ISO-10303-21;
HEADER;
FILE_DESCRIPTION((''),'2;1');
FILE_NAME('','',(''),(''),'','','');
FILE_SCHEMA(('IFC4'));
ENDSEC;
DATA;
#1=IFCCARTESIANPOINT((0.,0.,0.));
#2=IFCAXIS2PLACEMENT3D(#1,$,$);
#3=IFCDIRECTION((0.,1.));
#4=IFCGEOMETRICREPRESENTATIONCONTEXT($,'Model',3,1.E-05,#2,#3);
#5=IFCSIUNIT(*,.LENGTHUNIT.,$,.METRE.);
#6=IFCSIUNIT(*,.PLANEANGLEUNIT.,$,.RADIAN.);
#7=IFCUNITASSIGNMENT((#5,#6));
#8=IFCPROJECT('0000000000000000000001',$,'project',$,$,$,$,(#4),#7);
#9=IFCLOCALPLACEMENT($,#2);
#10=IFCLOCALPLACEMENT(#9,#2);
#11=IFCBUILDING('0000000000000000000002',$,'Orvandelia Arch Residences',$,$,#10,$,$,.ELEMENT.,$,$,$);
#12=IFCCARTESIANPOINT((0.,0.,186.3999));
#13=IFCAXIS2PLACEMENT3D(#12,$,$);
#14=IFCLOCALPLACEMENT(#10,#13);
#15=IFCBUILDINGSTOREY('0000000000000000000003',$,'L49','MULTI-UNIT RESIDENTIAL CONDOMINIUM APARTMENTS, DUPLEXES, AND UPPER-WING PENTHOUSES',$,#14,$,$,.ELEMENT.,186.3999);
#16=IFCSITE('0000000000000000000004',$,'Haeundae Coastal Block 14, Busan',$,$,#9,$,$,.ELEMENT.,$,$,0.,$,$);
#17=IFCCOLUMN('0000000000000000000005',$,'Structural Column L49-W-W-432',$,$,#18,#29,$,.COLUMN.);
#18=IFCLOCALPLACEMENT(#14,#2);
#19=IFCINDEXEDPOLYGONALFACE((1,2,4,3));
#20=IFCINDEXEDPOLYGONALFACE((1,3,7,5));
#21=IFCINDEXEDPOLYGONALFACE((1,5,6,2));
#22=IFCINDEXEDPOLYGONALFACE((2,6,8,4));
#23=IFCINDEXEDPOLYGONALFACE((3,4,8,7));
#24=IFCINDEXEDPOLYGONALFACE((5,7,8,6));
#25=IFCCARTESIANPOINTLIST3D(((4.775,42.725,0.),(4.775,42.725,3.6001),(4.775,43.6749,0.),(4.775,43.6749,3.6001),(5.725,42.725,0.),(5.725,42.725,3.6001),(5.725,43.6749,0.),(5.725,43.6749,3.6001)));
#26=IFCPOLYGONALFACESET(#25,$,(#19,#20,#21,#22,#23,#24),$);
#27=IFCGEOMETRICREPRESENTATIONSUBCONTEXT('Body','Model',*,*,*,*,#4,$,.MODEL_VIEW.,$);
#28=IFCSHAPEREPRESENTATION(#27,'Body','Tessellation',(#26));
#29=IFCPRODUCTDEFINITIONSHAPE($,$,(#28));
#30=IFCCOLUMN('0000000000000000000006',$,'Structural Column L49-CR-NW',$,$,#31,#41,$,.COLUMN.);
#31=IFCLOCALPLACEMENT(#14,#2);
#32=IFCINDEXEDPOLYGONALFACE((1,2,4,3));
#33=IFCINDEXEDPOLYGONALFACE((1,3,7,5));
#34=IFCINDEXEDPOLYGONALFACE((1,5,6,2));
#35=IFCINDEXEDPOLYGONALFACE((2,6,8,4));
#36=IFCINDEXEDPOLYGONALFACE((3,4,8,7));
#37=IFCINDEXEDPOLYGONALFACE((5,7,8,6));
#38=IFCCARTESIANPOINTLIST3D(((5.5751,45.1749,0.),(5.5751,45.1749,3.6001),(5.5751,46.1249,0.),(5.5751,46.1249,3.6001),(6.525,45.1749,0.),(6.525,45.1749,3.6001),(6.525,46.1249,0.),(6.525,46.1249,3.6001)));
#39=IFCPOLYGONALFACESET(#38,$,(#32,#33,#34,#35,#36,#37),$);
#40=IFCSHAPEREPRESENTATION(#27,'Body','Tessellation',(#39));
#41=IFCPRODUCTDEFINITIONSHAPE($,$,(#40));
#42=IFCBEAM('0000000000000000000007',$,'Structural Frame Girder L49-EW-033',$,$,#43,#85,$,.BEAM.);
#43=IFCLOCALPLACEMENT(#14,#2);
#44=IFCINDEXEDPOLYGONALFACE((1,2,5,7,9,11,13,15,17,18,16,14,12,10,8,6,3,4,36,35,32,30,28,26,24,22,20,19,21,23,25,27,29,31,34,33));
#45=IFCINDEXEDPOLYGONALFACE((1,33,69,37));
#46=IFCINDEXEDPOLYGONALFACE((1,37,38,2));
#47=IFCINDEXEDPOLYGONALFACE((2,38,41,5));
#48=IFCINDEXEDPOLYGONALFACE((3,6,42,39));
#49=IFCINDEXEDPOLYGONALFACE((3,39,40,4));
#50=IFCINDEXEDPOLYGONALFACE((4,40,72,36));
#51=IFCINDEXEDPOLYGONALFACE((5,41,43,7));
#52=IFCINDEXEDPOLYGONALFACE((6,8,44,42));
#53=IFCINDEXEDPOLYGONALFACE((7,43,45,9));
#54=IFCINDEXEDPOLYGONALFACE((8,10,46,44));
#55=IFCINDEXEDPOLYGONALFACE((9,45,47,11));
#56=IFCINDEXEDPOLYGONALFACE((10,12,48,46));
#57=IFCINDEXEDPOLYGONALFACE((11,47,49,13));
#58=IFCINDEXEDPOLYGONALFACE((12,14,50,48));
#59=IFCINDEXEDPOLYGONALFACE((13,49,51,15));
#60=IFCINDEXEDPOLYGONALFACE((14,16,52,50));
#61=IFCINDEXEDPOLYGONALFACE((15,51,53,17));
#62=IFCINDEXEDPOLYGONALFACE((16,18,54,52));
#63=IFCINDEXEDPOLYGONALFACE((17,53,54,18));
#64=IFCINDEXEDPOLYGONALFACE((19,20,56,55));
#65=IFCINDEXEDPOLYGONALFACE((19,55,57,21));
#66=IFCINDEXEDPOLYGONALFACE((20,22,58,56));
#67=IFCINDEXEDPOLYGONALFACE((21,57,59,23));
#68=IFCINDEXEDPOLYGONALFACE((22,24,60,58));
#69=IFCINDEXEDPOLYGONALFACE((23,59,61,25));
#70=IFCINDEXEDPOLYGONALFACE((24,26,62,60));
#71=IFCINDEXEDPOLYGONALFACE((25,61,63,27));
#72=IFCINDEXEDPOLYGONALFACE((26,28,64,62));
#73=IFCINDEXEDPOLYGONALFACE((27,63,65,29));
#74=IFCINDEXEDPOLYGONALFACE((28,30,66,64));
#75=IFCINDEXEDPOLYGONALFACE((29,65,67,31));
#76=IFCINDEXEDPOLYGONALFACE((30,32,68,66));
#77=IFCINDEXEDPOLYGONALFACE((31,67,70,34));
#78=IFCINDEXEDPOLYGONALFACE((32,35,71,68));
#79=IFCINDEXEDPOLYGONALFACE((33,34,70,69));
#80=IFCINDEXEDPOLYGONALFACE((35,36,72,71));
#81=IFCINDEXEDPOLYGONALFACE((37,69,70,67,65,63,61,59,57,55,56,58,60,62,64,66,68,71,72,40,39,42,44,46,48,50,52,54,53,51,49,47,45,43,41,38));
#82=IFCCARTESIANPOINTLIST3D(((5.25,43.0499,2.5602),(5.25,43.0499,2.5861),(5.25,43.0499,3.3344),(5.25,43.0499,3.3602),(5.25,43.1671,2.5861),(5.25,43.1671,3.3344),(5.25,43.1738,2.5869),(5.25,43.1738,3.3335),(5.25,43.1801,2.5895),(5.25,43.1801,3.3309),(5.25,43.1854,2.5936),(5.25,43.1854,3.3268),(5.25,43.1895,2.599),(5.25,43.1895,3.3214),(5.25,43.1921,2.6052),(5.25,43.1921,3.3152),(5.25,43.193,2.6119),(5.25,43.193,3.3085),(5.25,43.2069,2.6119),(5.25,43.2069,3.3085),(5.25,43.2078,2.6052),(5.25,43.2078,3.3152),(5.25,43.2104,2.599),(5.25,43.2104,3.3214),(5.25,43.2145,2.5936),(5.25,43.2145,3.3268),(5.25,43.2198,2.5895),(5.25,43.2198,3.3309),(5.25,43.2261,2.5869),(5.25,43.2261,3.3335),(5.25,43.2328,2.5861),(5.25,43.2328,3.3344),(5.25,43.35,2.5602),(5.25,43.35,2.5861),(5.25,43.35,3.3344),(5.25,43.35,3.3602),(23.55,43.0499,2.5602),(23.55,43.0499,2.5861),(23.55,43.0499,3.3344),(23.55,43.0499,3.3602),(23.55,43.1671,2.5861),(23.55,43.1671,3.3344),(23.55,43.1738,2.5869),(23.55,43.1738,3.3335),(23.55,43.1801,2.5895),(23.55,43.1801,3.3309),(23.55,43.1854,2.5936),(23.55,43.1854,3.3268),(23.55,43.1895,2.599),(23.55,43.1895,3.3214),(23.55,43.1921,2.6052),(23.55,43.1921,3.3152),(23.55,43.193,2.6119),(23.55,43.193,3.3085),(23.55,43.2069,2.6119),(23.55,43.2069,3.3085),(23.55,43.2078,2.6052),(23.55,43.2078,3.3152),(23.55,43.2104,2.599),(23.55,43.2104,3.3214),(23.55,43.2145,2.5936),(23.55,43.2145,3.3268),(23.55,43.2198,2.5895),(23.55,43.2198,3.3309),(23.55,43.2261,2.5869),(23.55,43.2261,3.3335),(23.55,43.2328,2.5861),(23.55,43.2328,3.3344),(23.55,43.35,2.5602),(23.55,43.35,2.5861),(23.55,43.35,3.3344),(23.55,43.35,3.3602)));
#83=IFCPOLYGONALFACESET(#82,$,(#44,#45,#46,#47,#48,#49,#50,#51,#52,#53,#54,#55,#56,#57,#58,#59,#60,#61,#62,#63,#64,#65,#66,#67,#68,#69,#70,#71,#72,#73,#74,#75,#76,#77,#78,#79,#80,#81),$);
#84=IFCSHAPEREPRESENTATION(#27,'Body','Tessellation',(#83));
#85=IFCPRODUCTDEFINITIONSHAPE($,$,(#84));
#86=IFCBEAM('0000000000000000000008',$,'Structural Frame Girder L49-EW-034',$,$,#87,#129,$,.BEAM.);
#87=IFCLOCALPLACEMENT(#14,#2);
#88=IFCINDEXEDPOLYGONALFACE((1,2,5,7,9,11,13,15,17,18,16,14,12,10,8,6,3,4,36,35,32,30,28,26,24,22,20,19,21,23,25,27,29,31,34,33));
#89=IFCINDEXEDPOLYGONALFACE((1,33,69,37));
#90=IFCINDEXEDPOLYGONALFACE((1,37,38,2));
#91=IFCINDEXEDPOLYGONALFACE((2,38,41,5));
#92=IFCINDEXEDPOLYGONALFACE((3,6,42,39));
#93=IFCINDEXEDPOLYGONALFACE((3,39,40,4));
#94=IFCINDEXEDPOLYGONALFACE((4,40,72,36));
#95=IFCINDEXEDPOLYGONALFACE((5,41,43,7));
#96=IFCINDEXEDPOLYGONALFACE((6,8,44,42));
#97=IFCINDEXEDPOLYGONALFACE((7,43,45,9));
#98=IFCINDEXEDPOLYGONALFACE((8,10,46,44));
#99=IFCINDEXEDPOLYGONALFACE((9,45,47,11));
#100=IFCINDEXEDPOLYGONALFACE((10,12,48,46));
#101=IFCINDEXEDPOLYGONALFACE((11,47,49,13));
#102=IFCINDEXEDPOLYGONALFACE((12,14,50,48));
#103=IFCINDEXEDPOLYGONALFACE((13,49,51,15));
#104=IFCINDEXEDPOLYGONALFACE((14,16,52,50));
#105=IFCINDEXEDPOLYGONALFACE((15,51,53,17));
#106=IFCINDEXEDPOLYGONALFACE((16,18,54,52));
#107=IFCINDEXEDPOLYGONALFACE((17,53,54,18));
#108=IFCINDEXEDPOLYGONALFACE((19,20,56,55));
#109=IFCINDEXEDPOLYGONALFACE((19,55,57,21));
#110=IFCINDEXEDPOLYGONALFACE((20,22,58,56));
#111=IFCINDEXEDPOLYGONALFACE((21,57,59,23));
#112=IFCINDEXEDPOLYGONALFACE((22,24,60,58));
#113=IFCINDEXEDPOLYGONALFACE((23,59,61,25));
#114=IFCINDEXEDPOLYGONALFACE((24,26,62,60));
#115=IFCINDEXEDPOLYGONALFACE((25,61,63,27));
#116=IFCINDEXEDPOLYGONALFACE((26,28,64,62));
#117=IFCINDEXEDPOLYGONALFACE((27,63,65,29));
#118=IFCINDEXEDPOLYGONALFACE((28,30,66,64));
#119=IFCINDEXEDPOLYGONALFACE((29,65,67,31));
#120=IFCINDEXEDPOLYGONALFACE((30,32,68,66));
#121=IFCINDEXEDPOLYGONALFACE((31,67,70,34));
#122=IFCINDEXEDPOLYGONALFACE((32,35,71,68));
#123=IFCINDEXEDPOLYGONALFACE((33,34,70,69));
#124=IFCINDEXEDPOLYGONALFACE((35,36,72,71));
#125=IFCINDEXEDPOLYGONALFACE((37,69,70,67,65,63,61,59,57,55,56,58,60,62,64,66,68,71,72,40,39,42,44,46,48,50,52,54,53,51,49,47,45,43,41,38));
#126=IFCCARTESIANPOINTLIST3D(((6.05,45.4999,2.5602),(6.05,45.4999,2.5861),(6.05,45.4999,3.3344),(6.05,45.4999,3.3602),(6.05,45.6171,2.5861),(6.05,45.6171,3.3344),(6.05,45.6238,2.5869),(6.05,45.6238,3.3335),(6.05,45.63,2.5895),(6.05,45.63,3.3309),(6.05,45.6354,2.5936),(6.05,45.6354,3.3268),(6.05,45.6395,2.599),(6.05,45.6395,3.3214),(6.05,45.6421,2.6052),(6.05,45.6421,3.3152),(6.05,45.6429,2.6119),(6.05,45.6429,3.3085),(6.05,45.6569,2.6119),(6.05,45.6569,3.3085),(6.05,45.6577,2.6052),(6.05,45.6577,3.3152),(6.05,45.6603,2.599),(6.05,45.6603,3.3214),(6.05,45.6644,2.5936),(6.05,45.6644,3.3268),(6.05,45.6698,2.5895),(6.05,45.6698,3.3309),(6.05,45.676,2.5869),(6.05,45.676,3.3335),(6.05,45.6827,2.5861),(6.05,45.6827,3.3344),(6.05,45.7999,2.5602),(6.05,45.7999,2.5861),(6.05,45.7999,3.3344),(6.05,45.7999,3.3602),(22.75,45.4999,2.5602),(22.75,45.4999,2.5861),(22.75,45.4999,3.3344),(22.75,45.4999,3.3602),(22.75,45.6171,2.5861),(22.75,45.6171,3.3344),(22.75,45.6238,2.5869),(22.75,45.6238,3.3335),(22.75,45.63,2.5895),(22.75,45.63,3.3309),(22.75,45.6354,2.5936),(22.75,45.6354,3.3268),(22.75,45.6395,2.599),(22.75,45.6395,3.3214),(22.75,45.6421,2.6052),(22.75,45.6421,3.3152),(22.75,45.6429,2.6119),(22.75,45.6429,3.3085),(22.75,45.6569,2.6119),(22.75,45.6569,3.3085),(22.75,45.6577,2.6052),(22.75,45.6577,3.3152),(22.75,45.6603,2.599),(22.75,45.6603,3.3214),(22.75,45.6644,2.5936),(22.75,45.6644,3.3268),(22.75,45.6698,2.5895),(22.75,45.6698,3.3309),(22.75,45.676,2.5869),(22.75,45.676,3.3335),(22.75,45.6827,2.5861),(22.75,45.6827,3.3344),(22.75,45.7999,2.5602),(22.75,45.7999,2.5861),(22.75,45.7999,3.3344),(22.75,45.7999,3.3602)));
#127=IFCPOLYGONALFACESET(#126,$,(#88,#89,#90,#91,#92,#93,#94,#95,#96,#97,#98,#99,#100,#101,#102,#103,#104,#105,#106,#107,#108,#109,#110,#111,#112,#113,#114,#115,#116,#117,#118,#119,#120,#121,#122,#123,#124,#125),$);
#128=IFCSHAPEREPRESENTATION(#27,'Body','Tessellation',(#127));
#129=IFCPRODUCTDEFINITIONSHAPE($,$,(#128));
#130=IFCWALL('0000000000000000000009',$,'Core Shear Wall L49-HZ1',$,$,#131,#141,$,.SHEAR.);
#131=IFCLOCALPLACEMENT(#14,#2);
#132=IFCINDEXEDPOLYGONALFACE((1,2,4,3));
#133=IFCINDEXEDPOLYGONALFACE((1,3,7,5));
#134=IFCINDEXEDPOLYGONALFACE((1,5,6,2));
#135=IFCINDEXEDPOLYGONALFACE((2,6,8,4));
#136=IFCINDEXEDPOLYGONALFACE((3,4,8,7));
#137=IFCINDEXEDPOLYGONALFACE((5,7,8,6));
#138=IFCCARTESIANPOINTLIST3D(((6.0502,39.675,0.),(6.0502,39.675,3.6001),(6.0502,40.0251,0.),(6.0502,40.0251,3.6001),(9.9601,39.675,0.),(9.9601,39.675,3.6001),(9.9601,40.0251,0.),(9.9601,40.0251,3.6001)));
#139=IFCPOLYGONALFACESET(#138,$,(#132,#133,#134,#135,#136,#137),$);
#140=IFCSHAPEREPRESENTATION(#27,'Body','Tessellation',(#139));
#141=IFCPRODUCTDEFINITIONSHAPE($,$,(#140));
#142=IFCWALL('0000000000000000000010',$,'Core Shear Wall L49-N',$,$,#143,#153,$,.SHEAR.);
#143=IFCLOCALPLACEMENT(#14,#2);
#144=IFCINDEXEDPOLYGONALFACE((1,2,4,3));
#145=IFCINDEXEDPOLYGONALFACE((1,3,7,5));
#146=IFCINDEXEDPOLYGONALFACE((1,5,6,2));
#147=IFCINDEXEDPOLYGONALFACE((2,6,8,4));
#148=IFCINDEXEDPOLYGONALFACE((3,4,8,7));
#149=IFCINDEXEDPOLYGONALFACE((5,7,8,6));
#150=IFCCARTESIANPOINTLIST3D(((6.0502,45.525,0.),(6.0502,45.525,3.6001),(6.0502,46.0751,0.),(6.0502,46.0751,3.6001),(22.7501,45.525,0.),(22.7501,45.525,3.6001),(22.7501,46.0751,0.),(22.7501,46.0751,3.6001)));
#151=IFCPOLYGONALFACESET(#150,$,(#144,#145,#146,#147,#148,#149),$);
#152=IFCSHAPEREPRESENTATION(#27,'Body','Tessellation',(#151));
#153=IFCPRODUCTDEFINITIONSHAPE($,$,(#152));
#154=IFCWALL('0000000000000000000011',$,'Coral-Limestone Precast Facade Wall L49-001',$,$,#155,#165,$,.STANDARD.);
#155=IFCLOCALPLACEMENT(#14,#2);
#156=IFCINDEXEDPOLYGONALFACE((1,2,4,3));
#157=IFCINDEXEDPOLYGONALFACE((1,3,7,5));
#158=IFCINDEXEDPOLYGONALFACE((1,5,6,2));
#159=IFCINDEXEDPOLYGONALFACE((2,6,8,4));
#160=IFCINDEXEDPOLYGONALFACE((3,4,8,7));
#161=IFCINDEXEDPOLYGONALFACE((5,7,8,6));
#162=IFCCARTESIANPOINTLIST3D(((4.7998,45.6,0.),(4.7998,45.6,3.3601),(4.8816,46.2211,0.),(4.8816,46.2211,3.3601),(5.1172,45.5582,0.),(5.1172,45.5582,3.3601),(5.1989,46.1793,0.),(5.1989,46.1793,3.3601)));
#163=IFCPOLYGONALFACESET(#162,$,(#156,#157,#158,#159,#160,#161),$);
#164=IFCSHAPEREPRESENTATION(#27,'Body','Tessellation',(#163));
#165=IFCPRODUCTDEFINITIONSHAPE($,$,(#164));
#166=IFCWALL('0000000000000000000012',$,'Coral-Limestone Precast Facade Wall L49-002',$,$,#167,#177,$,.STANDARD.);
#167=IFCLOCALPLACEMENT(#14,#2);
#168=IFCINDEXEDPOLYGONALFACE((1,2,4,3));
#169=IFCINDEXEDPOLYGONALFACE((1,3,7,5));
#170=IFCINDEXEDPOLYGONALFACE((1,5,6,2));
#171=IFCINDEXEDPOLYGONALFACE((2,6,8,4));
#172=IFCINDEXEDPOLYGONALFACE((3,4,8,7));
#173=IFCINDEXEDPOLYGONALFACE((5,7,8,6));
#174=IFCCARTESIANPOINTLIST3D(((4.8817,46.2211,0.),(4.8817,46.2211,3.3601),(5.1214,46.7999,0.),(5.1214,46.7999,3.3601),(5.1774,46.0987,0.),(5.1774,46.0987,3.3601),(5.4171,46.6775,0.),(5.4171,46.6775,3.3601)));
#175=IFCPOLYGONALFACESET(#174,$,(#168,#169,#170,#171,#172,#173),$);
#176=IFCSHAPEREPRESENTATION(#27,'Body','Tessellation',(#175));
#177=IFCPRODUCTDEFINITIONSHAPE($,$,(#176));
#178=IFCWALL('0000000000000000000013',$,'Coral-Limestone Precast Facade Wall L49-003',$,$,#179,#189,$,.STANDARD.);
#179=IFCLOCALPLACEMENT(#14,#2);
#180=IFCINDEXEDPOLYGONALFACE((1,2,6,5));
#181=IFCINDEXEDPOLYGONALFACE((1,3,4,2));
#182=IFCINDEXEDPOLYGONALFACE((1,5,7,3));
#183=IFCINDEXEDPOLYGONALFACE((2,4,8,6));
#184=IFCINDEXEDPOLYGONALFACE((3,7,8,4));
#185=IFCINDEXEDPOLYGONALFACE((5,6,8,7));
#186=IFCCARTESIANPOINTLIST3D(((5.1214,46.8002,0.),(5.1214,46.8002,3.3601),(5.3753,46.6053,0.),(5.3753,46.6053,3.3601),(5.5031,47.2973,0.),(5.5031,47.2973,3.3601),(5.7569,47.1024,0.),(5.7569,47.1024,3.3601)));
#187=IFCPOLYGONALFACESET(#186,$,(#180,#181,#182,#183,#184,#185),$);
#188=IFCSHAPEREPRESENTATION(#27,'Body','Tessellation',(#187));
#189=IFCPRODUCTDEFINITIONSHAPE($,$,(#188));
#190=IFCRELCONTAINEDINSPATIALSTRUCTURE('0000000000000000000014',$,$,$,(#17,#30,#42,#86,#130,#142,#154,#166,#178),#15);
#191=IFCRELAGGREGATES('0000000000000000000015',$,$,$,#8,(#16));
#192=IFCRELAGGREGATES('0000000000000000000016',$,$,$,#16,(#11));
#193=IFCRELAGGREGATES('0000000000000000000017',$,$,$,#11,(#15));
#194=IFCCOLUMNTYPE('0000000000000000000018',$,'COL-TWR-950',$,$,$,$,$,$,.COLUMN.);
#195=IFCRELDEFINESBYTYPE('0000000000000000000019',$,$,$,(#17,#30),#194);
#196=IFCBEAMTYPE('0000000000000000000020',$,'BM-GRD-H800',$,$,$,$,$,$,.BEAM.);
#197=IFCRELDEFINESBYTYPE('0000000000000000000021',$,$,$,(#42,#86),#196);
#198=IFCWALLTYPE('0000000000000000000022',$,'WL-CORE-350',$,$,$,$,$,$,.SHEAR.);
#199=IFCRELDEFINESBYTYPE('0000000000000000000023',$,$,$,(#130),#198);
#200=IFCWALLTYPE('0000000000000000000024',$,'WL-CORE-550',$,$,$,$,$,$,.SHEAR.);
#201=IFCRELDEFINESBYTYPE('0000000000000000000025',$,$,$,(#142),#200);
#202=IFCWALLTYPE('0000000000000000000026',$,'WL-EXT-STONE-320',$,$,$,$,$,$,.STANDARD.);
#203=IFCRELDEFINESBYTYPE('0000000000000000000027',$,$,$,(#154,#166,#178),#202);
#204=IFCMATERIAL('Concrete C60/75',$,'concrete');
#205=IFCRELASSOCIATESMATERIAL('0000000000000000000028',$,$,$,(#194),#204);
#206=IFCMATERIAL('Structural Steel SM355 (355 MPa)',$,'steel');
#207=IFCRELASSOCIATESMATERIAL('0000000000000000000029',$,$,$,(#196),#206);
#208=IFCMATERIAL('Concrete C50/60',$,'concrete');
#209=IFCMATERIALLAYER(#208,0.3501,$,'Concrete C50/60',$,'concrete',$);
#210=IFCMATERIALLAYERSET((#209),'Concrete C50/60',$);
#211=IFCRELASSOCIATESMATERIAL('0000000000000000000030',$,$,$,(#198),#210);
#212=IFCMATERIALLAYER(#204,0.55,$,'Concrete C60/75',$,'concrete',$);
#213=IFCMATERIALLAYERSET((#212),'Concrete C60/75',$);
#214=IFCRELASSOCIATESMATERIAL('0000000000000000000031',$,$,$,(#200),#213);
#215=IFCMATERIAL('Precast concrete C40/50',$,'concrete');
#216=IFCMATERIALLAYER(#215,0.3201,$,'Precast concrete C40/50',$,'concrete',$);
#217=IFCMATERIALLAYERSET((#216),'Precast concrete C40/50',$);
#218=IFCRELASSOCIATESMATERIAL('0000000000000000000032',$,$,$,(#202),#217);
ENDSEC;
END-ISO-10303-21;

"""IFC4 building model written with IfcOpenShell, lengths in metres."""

from ifc_helpers import new_model, si_unit, direction, frame, frame_2d, origin, origin_2d, place, context, subcontext, project, spatial, rectangle, i_section, extrude, material, layer, layer_set, material_profile, profile_set, type_object, element, save


model = new_model("IFC4")

# Units and contexts
model_context = context("Model", 3, precision=1e-05, world=origin(), true_north=direction((0.0, 1.0)))
body_context = subcontext(model_context, "Body", "Model", "MODEL_VIEW")
ifc_project = project(units=[si_unit("LENGTHUNIT", "METRE"), si_unit("PLANEANGLEUNIT", "RADIAN")], contexts=[model_context])

# Site, building, storey
site_placement = place(None, origin())
site = spatial("IfcSite", under=ifc_project, at=site_placement, Name="Haeundae Coastal Block 14, Busan", CompositionType="ELEMENT", RefElevation=0.0)
building_placement = place(site_placement, origin())
building = spatial("IfcBuilding", under=site, at=building_placement, Name="Orvandelia Arch Residences", CompositionType="ELEMENT")
storey_placement = place(building_placement, frame((0.0, 0.0, 186.3999)))
storey = spatial("IfcBuildingStorey", under=building, at=storey_placement, Name="L49", Description="MULTI-UNIT RESIDENTIAL CONDOMINIUM APARTMENTS, DUPLEXES, AND UPPER-WING PENTHOUSES", CompositionType="ELEMENT", Elevation=186.3999)

# Columns
ifc_material_1 = material(Name="Concrete C60/75", Category="concrete")
ifc_material_profile_1 = material_profile(ifc_material_1, rectangle(XDim=0.95, YDim=0.95, at=origin_2d()), Name="Concrete C60/75", Category="concrete")
ifc_profile_set_1 = profile_set([ifc_material_profile_1], Name="Concrete C60/75")
column_type = type_object("IfcColumnType", Name="COL-TWR-950", PredefinedType="COLUMN", material=ifc_profile_set_1)
for number, where, z_axis, x_axis, name in (
    (1, (5.25, 43.2, 0.0), (0.0, 0.0, 1.0), (1.0, 0.0, 0.0), "Structural Column L49-W-W-432"),
    (2, (6.05, 45.6499, 0.0), (0.0, 0.0, 1.0), (1.0, 0.0, 0.0), "Structural Column L49-CR-NW"),
):
    element("IfcColumn", number, at=place(storey_placement, frame(where, z_axis=z_axis, x_axis=x_axis)), inside=storey, type_object=column_type, Name=name, PredefinedType="COLUMN", context=body_context, shape_type="SweptSolid", body=[
        extrude(rectangle(XDim=0.95, YDim=0.95, at=origin_2d()), origin(), (0.0, 0.0, 1.0), 3.6001),
    ])

# Beams
ifc_material_2 = material(Name="Structural Steel SM355 (355 MPa)", Category="steel")
ifc_material_profile_2 = material_profile(ifc_material_2, i_section(OverallWidth=0.3, OverallDepth=0.8, WebThickness=0.0139, FlangeThickness=0.0259, FilletRadius=0.0259, at=origin_2d()), Name="Structural Steel SM355 (355 MPa)", Category="steel")
ifc_profile_set_2 = profile_set([ifc_material_profile_2], Name="Structural Steel SM355 (355 MPa)")
beam_type = type_object("IfcBeamType", Name="BM-GRD-H800", PredefinedType="BEAM", material=ifc_profile_set_2)
beam_1_placement = place(storey_placement, frame((5.25, 43.2, 2.9602), z_axis=(1.0, 0.0, 0.0), x_axis=(0.0, 1.0, 0.0)))
element("IfcBeam", 3, at=beam_1_placement, inside=storey, type_object=beam_type, Name="Structural Frame Girder L49-EW-033", PredefinedType="BEAM", context=body_context, shape_type="SweptSolid", body=[
    extrude(i_section(OverallWidth=0.3, OverallDepth=0.8, WebThickness=0.0139, FlangeThickness=0.0259, FilletRadius=0.0259, at=origin_2d()), origin(), (0.0, 0.0, 1.0), 18.3),
])
beam_2_placement = place(storey_placement, frame((6.05, 45.6499, 2.9602), z_axis=(1.0, 0.0, 0.0), x_axis=(0.0, 1.0, 0.0)))
element("IfcBeam", 4, at=beam_2_placement, inside=storey, type_object=beam_type, Name="Structural Frame Girder L49-EW-034", PredefinedType="BEAM", context=body_context, shape_type="SweptSolid", body=[
    extrude(i_section(OverallWidth=0.3, OverallDepth=0.8, WebThickness=0.0139, FlangeThickness=0.0259, FilletRadius=0.0259, at=origin_2d()), origin(), (0.0, 0.0, 1.0), 16.7),
])

# Walls
ifc_material_3 = material(Name="Concrete C50/60", Category="concrete")
ifc_layer_1 = layer(ifc_material_3, 0.3501, Name="Concrete C50/60", Category="concrete")
ifc_layer_set_1 = layer_set([ifc_layer_1], Name="Concrete C50/60")
wall_type_1 = type_object("IfcWallType", Name="WL-CORE-350", PredefinedType="SHEAR", material=ifc_layer_set_1)
wall_1_placement = place(storey_placement, frame((6.05, 39.8501, 0.0), z_axis=(0.0, 0.0, 1.0), x_axis=(1.0, 0.0, 0.0)))
element("IfcWall", 5, at=wall_1_placement, inside=storey, type_object=wall_type_1, Name="Core Shear Wall L49-HZ1", PredefinedType="SHEAR", context=body_context, shape_type="SweptSolid", body=[
    extrude(rectangle(XDim=3.9099, YDim=0.3501, at=frame_2d((1.9551, 0.0))), origin(), (0.0, 0.0, 1.0), 3.6001),
])
ifc_layer_2 = layer(ifc_material_1, 0.55, Name="Concrete C60/75", Category="concrete")
ifc_layer_set_2 = layer_set([ifc_layer_2], Name="Concrete C60/75")
wall_type_2 = type_object("IfcWallType", Name="WL-CORE-550", PredefinedType="SHEAR", material=ifc_layer_set_2)
wall_2_placement = place(storey_placement, frame((6.05, 45.8, 0.0), z_axis=(0.0, 0.0, 1.0), x_axis=(1.0, 0.0, 0.0)))
element("IfcWall", 6, at=wall_2_placement, inside=storey, type_object=wall_type_2, Name="Core Shear Wall L49-N", PredefinedType="SHEAR", context=body_context, shape_type="SweptSolid", body=[
    extrude(rectangle(XDim=16.7, YDim=0.55, at=frame_2d((8.3501, 0.0))), origin(), (0.0, 0.0, 1.0), 3.6001),
])
ifc_material_4 = material(Name="Precast concrete C40/50", Category="concrete")
ifc_layer_3 = layer(ifc_material_4, 0.3201, Name="Precast concrete C40/50", Category="concrete")
ifc_layer_set_3 = layer_set([ifc_layer_3], Name="Precast concrete C40/50")
wall_type_3 = type_object("IfcWallType", Name="WL-EXT-STONE-320", PredefinedType="STANDARD", material=ifc_layer_set_3)
for number, where, z_axis, x_axis, name in (
    (7, (4.9585, 45.5791, 0.0), (0.0, 0.0, 1.0), (0.130555, 0.991441, 0.0), "Coral-Limestone Precast Facade Wall L49-001"),
    (8, (5.0295, 46.1599, 0.0), (0.0, 0.0, 1.0), (0.38265, 0.923893, 0.0), "Coral-Limestone Precast Facade Wall L49-002"),
):
    element("IfcWall", number, at=place(storey_placement, frame(where, z_axis=z_axis, x_axis=x_axis)), inside=storey, type_object=wall_type_3, Name=name, PredefinedType="STANDARD", context=body_context, shape_type="SweptSolid", body=[
        extrude(rectangle(XDim=0.6265, YDim=0.3201, at=frame_2d((0.3132, 0.0))), origin(), (0.0, 0.0, 1.0), 3.3601),
    ])
wall_3_placement = place(storey_placement, frame((5.2483, 46.7026, 0.0), z_axis=(0.0, 0.0, 1.0), x_axis=(0.608939, 0.793217, 0.0)))
element("IfcWall", 9, at=wall_3_placement, inside=storey, type_object=wall_type_3, Name="Coral-Limestone Precast Facade Wall L49-003", PredefinedType="STANDARD", context=body_context, shape_type="SweptSolid", body=[
    extrude(rectangle(XDim=0.6267, YDim=0.3201, at=frame_2d((0.3135, 0.0))), origin(), (0.0, 0.0, 1.0), 3.3601),
])

save(model, "model.ifc")
